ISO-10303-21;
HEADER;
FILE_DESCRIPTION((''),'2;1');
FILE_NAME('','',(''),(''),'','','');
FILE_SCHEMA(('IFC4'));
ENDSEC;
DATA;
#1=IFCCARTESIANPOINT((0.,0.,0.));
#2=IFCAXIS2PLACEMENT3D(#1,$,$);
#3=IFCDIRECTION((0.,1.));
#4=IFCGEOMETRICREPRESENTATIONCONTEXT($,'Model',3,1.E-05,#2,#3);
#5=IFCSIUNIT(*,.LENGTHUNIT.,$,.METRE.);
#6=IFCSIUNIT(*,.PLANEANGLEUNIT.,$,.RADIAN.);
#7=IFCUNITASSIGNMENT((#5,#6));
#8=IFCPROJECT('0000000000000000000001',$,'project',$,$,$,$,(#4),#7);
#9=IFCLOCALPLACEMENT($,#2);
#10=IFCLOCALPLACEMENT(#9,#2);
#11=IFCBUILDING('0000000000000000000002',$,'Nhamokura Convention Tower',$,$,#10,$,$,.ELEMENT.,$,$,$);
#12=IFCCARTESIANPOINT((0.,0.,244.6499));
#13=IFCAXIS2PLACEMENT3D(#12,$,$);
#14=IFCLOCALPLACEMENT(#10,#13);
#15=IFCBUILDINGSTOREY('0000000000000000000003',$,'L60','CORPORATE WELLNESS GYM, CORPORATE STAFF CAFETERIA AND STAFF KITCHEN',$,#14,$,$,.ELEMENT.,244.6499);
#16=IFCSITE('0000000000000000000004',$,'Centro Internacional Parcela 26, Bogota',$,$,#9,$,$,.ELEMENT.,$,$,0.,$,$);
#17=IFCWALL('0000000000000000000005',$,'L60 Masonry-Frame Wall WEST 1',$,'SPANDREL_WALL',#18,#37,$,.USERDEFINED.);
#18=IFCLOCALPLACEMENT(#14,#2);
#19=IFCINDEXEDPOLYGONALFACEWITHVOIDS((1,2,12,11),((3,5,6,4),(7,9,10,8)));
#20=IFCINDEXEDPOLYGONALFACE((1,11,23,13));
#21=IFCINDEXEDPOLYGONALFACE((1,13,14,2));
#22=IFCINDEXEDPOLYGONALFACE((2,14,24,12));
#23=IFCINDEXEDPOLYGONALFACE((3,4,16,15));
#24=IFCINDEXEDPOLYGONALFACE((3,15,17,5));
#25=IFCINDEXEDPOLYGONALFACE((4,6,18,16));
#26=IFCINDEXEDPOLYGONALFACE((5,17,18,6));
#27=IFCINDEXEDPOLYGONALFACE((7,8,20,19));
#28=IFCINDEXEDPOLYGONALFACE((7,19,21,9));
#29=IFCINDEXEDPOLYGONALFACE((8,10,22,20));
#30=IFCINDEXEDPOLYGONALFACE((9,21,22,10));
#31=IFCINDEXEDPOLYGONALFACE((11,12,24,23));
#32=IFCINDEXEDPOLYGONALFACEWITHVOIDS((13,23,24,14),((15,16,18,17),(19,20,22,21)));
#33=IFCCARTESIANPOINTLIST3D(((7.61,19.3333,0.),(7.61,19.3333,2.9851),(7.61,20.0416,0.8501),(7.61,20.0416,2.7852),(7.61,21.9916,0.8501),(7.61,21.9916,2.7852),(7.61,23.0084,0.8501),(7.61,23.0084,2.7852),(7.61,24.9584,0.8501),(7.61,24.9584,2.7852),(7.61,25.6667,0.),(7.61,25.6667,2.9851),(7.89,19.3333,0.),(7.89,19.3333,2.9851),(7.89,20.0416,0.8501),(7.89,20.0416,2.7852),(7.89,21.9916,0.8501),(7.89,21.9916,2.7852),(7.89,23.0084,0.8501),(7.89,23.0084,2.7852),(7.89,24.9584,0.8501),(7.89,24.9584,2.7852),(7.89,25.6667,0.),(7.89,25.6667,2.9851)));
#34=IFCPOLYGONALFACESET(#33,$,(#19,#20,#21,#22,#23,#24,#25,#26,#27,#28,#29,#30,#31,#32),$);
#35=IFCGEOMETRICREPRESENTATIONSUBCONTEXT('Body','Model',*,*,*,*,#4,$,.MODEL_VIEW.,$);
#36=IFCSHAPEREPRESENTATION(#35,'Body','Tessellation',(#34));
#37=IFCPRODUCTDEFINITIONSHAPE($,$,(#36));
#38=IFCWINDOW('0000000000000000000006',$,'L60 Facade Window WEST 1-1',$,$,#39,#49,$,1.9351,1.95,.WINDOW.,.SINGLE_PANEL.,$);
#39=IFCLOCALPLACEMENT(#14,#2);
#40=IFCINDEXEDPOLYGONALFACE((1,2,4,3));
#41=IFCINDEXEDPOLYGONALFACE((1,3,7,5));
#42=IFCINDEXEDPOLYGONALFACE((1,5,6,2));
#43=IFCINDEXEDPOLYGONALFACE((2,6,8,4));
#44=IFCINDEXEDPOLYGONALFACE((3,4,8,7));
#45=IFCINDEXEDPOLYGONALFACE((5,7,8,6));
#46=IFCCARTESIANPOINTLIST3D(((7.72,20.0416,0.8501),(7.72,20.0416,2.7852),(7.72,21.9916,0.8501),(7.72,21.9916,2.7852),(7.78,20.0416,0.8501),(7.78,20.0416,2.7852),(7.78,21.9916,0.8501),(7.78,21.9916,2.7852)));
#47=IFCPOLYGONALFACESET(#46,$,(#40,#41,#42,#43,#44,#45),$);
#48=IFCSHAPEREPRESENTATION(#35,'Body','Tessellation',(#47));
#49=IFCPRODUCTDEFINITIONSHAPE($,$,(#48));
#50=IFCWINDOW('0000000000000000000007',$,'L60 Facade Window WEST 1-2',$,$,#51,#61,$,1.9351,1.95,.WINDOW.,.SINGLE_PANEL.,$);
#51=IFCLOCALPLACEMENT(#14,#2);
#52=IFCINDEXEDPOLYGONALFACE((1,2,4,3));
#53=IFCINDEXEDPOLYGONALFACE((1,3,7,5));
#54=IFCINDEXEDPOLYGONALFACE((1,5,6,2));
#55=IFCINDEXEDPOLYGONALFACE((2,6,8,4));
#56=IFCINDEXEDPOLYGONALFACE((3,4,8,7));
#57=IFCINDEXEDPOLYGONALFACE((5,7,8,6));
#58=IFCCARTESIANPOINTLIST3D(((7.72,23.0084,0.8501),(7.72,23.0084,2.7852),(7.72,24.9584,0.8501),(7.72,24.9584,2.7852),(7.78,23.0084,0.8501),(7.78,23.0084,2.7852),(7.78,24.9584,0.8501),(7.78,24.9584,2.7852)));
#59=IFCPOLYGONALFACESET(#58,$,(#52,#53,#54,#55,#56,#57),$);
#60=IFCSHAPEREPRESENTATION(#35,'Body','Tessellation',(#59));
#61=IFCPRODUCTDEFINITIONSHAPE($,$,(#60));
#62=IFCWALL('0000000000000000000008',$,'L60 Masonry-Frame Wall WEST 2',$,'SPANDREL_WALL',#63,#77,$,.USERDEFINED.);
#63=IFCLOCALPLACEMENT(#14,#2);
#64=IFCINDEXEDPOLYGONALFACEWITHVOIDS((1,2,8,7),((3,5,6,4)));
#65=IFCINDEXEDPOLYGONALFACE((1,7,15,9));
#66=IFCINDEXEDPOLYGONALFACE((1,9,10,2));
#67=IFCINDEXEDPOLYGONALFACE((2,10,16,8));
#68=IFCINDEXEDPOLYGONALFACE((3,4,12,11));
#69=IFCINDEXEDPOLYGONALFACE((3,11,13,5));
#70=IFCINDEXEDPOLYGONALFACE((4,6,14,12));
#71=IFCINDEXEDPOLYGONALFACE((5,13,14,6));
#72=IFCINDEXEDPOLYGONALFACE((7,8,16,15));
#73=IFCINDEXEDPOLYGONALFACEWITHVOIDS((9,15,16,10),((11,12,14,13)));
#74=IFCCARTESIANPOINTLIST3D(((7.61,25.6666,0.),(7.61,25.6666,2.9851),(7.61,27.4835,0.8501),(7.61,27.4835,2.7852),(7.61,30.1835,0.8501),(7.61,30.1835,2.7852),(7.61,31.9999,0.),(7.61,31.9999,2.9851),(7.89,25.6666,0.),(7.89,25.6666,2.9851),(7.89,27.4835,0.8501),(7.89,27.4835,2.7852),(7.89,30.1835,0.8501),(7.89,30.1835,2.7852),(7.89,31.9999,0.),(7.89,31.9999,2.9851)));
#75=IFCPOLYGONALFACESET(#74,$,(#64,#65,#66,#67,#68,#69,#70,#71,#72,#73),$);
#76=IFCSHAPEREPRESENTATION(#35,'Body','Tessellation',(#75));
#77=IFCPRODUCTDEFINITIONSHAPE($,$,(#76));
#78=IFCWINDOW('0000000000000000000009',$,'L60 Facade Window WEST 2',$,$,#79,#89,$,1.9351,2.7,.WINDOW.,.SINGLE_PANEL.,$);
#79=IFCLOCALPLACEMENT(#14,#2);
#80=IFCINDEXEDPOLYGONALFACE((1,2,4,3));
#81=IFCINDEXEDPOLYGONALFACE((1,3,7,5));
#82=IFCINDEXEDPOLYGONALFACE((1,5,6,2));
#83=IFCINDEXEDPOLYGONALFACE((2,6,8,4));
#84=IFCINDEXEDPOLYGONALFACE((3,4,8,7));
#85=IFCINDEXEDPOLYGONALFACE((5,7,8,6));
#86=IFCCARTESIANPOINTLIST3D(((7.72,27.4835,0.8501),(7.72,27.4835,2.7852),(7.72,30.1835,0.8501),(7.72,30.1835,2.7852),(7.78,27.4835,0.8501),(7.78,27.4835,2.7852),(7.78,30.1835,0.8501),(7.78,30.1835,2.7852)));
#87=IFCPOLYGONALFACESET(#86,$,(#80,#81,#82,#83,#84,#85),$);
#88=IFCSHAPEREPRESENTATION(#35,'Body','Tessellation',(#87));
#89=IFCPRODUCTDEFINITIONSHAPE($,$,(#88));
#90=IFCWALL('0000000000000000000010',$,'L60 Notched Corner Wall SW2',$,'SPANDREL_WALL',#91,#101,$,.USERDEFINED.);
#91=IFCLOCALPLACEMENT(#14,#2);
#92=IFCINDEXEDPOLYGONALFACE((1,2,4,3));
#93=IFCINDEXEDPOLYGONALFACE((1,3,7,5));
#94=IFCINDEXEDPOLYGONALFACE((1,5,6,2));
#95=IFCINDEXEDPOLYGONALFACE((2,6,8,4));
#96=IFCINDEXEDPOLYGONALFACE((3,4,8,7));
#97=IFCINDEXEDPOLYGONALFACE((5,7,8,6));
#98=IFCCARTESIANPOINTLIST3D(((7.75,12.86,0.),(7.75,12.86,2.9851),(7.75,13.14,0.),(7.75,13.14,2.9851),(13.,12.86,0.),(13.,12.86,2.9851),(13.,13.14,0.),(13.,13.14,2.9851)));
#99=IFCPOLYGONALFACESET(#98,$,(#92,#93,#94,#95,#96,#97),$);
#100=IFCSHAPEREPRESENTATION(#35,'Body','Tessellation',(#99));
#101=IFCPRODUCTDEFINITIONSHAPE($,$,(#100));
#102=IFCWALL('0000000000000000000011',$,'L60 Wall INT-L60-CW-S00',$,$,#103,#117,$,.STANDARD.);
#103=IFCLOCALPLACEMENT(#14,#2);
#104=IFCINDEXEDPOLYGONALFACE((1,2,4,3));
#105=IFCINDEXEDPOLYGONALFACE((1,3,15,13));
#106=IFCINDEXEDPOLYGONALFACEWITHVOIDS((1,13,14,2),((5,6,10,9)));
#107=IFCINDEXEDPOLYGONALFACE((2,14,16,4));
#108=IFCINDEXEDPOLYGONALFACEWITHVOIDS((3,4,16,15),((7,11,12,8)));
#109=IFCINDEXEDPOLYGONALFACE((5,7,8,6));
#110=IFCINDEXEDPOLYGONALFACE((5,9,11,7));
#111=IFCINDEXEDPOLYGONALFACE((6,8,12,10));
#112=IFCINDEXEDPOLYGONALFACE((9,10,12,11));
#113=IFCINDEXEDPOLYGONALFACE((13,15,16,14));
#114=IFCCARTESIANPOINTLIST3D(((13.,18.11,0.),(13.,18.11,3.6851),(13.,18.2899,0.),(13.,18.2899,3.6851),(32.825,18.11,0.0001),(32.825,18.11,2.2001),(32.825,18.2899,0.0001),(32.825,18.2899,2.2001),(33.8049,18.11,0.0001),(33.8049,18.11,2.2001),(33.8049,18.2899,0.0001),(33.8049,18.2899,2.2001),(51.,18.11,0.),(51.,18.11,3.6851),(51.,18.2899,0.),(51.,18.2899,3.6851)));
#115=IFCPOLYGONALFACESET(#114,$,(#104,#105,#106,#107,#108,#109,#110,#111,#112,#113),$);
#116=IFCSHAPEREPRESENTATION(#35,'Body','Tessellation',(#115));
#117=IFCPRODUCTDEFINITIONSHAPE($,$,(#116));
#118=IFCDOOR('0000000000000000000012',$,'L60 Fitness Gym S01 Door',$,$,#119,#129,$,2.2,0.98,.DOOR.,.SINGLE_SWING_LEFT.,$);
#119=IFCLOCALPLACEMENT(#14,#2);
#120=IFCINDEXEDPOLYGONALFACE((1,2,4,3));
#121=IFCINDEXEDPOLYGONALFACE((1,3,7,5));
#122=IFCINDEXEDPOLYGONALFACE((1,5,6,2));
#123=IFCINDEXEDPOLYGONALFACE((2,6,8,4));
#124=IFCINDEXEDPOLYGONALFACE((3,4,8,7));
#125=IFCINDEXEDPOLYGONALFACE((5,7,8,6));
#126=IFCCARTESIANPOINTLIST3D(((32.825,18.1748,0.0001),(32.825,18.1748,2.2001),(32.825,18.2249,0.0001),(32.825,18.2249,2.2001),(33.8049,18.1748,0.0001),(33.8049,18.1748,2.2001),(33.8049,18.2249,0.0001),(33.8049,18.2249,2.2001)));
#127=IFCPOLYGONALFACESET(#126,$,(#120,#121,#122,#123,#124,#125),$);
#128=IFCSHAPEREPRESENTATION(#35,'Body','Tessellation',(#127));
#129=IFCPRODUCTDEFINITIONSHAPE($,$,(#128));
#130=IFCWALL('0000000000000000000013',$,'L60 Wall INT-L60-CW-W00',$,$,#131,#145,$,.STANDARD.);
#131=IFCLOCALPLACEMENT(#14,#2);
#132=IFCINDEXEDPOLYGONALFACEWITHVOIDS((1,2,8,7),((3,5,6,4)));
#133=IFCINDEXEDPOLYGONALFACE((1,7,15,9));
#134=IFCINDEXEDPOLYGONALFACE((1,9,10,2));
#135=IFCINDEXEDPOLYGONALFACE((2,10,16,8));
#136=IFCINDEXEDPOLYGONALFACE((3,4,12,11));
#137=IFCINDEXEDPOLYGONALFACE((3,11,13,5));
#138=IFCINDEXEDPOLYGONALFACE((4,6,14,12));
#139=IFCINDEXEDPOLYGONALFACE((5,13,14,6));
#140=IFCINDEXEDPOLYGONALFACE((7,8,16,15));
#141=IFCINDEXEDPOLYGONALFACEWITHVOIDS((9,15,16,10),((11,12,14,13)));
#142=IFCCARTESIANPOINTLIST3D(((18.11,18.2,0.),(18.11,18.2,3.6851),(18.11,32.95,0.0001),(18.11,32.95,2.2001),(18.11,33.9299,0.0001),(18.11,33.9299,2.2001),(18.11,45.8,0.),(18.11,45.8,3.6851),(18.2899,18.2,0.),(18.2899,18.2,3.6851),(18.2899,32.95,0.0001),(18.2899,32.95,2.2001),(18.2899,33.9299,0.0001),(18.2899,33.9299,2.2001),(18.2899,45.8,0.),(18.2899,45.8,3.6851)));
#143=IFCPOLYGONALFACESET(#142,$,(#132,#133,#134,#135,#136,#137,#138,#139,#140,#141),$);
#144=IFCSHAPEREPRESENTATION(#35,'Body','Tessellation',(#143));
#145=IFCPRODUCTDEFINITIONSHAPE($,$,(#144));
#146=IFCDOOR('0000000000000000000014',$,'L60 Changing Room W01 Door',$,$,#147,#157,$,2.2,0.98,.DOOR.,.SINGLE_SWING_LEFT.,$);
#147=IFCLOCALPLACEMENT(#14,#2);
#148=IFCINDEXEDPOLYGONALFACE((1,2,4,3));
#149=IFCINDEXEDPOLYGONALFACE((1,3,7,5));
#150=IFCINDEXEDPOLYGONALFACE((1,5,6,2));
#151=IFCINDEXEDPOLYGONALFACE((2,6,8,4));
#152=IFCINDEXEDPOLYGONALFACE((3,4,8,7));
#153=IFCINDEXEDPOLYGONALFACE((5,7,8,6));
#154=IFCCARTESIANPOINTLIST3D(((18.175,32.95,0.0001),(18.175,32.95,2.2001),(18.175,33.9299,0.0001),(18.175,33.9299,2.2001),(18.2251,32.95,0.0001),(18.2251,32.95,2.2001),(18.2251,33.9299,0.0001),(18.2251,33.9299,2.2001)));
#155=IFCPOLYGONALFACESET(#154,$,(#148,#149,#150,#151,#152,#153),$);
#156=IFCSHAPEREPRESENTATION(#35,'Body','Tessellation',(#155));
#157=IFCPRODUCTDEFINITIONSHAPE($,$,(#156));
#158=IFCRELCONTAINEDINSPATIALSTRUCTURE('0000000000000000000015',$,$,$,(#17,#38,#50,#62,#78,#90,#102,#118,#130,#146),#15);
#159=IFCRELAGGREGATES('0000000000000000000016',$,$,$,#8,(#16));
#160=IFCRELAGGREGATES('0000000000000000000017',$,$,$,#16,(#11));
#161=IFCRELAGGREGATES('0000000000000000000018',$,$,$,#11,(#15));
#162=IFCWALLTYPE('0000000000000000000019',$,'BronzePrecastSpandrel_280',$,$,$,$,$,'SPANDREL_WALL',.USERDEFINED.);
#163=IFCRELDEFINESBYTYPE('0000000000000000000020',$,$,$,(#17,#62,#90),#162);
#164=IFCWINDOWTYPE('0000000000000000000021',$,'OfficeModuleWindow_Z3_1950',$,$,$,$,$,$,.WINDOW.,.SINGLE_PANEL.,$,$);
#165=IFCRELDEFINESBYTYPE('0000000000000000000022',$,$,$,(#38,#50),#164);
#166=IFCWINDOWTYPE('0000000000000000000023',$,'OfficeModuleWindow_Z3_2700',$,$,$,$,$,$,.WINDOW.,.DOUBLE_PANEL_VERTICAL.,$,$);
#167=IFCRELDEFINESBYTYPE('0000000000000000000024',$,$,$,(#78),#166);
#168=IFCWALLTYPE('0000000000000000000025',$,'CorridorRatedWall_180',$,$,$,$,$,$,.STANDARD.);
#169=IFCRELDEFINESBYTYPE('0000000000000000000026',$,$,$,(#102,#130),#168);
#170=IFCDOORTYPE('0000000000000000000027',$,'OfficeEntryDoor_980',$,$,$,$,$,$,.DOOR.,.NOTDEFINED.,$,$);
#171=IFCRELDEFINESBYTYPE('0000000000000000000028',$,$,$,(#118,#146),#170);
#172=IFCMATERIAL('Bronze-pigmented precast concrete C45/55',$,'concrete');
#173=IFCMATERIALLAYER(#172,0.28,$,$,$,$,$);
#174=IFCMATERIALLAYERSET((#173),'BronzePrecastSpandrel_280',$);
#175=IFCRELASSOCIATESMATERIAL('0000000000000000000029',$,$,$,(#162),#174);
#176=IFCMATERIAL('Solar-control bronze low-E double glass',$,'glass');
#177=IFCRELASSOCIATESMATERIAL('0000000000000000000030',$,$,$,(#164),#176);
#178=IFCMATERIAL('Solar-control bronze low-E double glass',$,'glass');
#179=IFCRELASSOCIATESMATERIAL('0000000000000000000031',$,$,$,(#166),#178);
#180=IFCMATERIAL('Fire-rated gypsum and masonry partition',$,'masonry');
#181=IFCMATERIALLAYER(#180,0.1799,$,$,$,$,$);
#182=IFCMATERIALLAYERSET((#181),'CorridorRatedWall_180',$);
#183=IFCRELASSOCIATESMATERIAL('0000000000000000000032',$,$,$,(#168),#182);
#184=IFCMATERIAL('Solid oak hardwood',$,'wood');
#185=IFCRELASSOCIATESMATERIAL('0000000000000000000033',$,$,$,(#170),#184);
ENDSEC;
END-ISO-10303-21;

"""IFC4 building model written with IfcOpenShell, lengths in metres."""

from ifc_helpers import new_model, si_unit, direction, frame, frame_2d, origin, place, context, subcontext, project, spatial, rectangle, extrude, material, layer, layer_set, type_object, element, fill, save


model = new_model("IFC4")

# Units and contexts
model_context = context("Model", 3, precision=1e-05, world=origin(), true_north=direction((0.0, 1.0)))
body_context = subcontext(model_context, "Body", "Model", "MODEL_VIEW")
ifc_project = project(units=[si_unit("LENGTHUNIT", "METRE"), si_unit("PLANEANGLEUNIT", "RADIAN")], contexts=[model_context])

# Site, building, storey
site_placement = place(None, origin())
site = spatial("IfcSite", under=ifc_project, at=site_placement, Name="Centro Internacional Parcela 26, Bogota", CompositionType="ELEMENT", RefElevation=0.0)
building_placement = place(site_placement, origin())
building = spatial("IfcBuilding", under=site, at=building_placement, Name="Nhamokura Convention Tower", CompositionType="ELEMENT")
storey_placement = place(building_placement, frame((0.0, 0.0, 244.6499)))
storey = spatial("IfcBuildingStorey", under=building, at=storey_placement, Name="L60", Description="CORPORATE WELLNESS GYM, CORPORATE STAFF CAFETERIA AND STAFF KITCHEN", CompositionType="ELEMENT", Elevation=244.6499)

# Wall, openings, windows
ifc_material_1 = material(Name="Bronze-pigmented precast concrete C45/55", Category="concrete")
ifc_layer_1 = layer(ifc_material_1, 0.28)
ifc_layer_set_1 = layer_set([ifc_layer_1], Name="BronzePrecastSpandrel_280")
wall_type_1 = type_object("IfcWallType", Name="BronzePrecastSpandrel_280", ElementType="SPANDREL_WALL", PredefinedType="USERDEFINED", material=ifc_layer_set_1)
wall_1_placement = place(storey_placement, frame((7.75, 19.3333, 0.0), z_axis=(0.0, 0.0, 1.0), x_axis=(0.0, 1.0, 0.0)))
wall_1 = element("IfcWall", 1, at=wall_1_placement, inside=storey, type_object=wall_type_1, Name="L60 Masonry-Frame Wall WEST 1", ObjectType="SPANDREL_WALL", PredefinedType="USERDEFINED", context=body_context, shape_type="SweptSolid", body=[
    extrude(rectangle(XDim=6.3335, YDim=0.28, at=frame_2d((3.1667, 0.0))), origin(), (0.0, 0.0, 1.0), 2.9851),
])
opening_1_placement = place(wall_1_placement, frame((0.7083, 0.0, 0.8501)))
opening_1 = element("IfcOpeningElement", 2, at=opening_1_placement, cuts=wall_1, PredefinedType="OPENING", context=body_context, shape_type="SweptSolid", body=[
    extrude(rectangle(XDim=1.95, YDim=1.9351, at=frame_2d((0.9751, 0.9675))), frame((0.0, 0.1499, 0.0), z_axis=(0.0, -1.0, 0.0), x_axis=(1.0, 0.0, 0.0)), (0.0, 0.0, 1.0), 0.3),
])
opening_2_placement = place(wall_1_placement, frame((3.675, 0.0, 0.8501)))
opening_2 = element("IfcOpeningElement", 3, at=opening_2_placement, cuts=wall_1, PredefinedType="OPENING", context=body_context, shape_type="SweptSolid", body=[
    extrude(rectangle(XDim=1.95, YDim=1.9351, at=frame_2d((0.9751, 0.9675))), frame((0.0, 0.1499, 0.0), z_axis=(0.0, -1.0, 0.0), x_axis=(1.0, 0.0, 0.0)), (0.0, 0.0, 1.0), 0.3),
])
ifc_material_2 = material(Name="Solar-control bronze low-E double glass", Category="glass")
window_type_1 = type_object("IfcWindowType", Name="OfficeModuleWindow_Z3_1950", PartitioningType="SINGLE_PANEL", PredefinedType="WINDOW", material=ifc_material_2)
window_1_placement = place(opening_1_placement, origin())
window_1 = element("IfcWindow", 4, at=window_1_placement, inside=storey, type_object=window_type_1, Name="L60 Facade Window WEST 1-1", OverallHeight=1.9351, OverallWidth=1.95, PartitioningType="SINGLE_PANEL", PredefinedType="WINDOW", context=body_context, shape_type="SweptSolid", body=[
    extrude(rectangle(XDim=1.95, YDim=1.9351, at=frame_2d((0.9751, 0.9675))), frame((0.0, 0.03, 0.0), z_axis=(0.0, -1.0, 0.0), x_axis=(1.0, 0.0, 0.0)), (0.0, 0.0, 1.0), 0.0601),
])
fill(opening_1, window_1)
window_2_placement = place(opening_2_placement, origin())
window_2 = element("IfcWindow", 5, at=window_2_placement, inside=storey, type_object=window_type_1, Name="L60 Facade Window WEST 1-2", OverallHeight=1.9351, OverallWidth=1.95, PartitioningType="SINGLE_PANEL", PredefinedType="WINDOW", context=body_context, shape_type="SweptSolid", body=[
    extrude(rectangle(XDim=1.95, YDim=1.9351, at=frame_2d((0.9751, 0.9675))), frame((0.0, 0.03, 0.0), z_axis=(0.0, -1.0, 0.0), x_axis=(1.0, 0.0, 0.0)), (0.0, 0.0, 1.0), 0.0601),
])
fill(opening_2, window_2)

# Wall, opening, window
wall_2_placement = place(storey_placement, frame((7.75, 25.6667, 0.0), z_axis=(0.0, 0.0, 1.0), x_axis=(0.0, 1.0, 0.0)))
wall_2 = element("IfcWall", 6, at=wall_2_placement, inside=storey, type_object=wall_type_1, Name="L60 Masonry-Frame Wall WEST 2", ObjectType="SPANDREL_WALL", PredefinedType="USERDEFINED", context=body_context, shape_type="SweptSolid", body=[
    extrude(rectangle(XDim=6.3333, YDim=0.28, at=frame_2d((3.1665, 0.0))), origin(), (0.0, 0.0, 1.0), 2.9851),
])
opening_3_placement = place(wall_2_placement, frame((1.8167, 0.0, 0.8501)))
opening_3 = element("IfcOpeningElement", 7, at=opening_3_placement, cuts=wall_2, PredefinedType="OPENING", context=body_context, shape_type="SweptSolid", body=[
    extrude(rectangle(XDim=2.7, YDim=1.9351, at=frame_2d((1.3501, 0.9675))), frame((0.0, 0.1499, 0.0), z_axis=(0.0, -1.0, 0.0), x_axis=(1.0, 0.0, 0.0)), (0.0, 0.0, 1.0), 0.3),
])
ifc_material_3 = material(Name="Solar-control bronze low-E double glass", Category="glass")
window_type_2 = type_object("IfcWindowType", Name="OfficeModuleWindow_Z3_2700", PartitioningType="DOUBLE_PANEL_VERTICAL", PredefinedType="WINDOW", material=ifc_material_3)
window_3_placement = place(opening_3_placement, origin())
window_3 = element("IfcWindow", 8, at=window_3_placement, inside=storey, type_object=window_type_2, Name="L60 Facade Window WEST 2", OverallHeight=1.9351, OverallWidth=2.7, PartitioningType="SINGLE_PANEL", PredefinedType="WINDOW", context=body_context, shape_type="SweptSolid", body=[
    extrude(rectangle(XDim=2.7, YDim=1.9351, at=frame_2d((1.3501, 0.9675))), frame((0.0, 0.03, 0.0), z_axis=(0.0, -1.0, 0.0), x_axis=(1.0, 0.0, 0.0)), (0.0, 0.0, 1.0), 0.0601),
])
fill(opening_3, window_3)

# Wall
wall_3_placement = place(storey_placement, frame((13.0, 13.0, 0.0), z_axis=(0.0, 0.0, 1.0), x_axis=(-1.0, 0.0, 0.0)))
element("IfcWall", 9, at=wall_3_placement, inside=storey, type_object=wall_type_1, Name="L60 Notched Corner Wall SW2", ObjectType="SPANDREL_WALL", PredefinedType="USERDEFINED", context=body_context, shape_type="SweptSolid", body=[
    extrude(rectangle(XDim=5.25, YDim=0.28, at=frame_2d((2.625, 0.0))), origin(), (0.0, 0.0, 1.0), 2.9851),
])

# Walls, openings, doors
ifc_material_4 = material(Name="Fire-rated gypsum and masonry partition", Category="masonry")
ifc_layer_2 = layer(ifc_material_4, 0.1799)
ifc_layer_set_2 = layer_set([ifc_layer_2], Name="CorridorRatedWall_180")
wall_type_2 = type_object("IfcWallType", Name="CorridorRatedWall_180", PredefinedType="STANDARD", material=ifc_layer_set_2)
wall_4_placement = place(storey_placement, frame((13.0, 18.2, 0.0), z_axis=(0.0, 0.0, 1.0), x_axis=(1.0, 0.0, 0.0)))
wall_4 = element("IfcWall", 10, at=wall_4_placement, inside=storey, type_object=wall_type_2, Name="L60 Wall INT-L60-CW-S00", PredefinedType="STANDARD", context=body_context, shape_type="SweptSolid", body=[
    extrude(rectangle(XDim=38.0, YDim=0.1799, at=frame_2d((19.0, 0.0))), origin(), (0.0, 0.0, 1.0), 3.6851),
])
opening_4_placement = place(wall_4_placement, frame((19.825, 0.0, 0.0)))
opening_4 = element("IfcOpeningElement", 11, at=opening_4_placement, cuts=wall_4, PredefinedType="OPENING", context=body_context, shape_type="SweptSolid", body=[
    extrude(rectangle(XDim=0.98, YDim=2.2, at=frame_2d((0.49, 1.1001))), frame((0.0, 0.0999, 0.0), z_axis=(0.0, -1.0, 0.0), x_axis=(1.0, 0.0, 0.0)), (0.0, 0.0, 1.0), 0.2),
])
ifc_material_5 = material(Name="Solid oak hardwood", Category="wood")
door_type = type_object("IfcDoorType", Name="OfficeEntryDoor_980", OperationType="NOTDEFINED", PredefinedType="DOOR", material=ifc_material_5)
door_1_placement = place(opening_4_placement, origin())
door_1 = element("IfcDoor", 12, at=door_1_placement, inside=storey, type_object=door_type, Name="L60 Fitness Gym S01 Door", OperationType="SINGLE_SWING_LEFT", OverallHeight=2.2, OverallWidth=0.98, PredefinedType="DOOR", context=body_context, shape_type="SweptSolid", body=[
    extrude(rectangle(XDim=0.98, YDim=2.2, at=frame_2d((0.49, 1.1001))), frame((0.0, 0.0249, 0.0), z_axis=(0.0, -1.0, 0.0), x_axis=(1.0, 0.0, 0.0)), (0.0, 0.0, 1.0), 0.05),
])
fill(opening_4, door_1)
wall_5_placement = place(storey_placement, frame((18.2, 18.2, 0.0), z_axis=(0.0, 0.0, 1.0), x_axis=(0.0, 1.0, 0.0)))
wall_5 = element("IfcWall", 13, at=wall_5_placement, inside=storey, type_object=wall_type_2, Name="L60 Wall INT-L60-CW-W00", PredefinedType="STANDARD", context=body_context, shape_type="SweptSolid", body=[
    extrude(rectangle(XDim=27.6001, YDim=0.1799, at=frame_2d((13.8, 0.0))), origin(), (0.0, 0.0, 1.0), 3.6851),
])
opening_5_placement = place(wall_5_placement, frame((14.75, 0.0, 0.0)))
opening_5 = element("IfcOpeningElement", 14, at=opening_5_placement, cuts=wall_5, PredefinedType="OPENING", context=body_context, shape_type="SweptSolid", body=[
    extrude(rectangle(XDim=0.98, YDim=2.2, at=frame_2d((0.49, 1.1001))), frame((0.0, 0.0999, 0.0), z_axis=(0.0, -1.0, 0.0), x_axis=(1.0, 0.0, 0.0)), (0.0, 0.0, 1.0), 0.2),
])
door_2_placement = place(opening_5_placement, origin())
door_2 = element("IfcDoor", 15, at=door_2_placement, inside=storey, type_object=door_type, Name="L60 Changing Room W01 Door", OperationType="SINGLE_SWING_LEFT", OverallHeight=2.2, OverallWidth=0.98, PredefinedType="DOOR", context=body_context, shape_type="SweptSolid", body=[
    extrude(rectangle(XDim=0.98, YDim=2.2, at=frame_2d((0.49, 1.1001))), frame((0.0, 0.0249, 0.0), z_axis=(0.0, -1.0, 0.0), x_axis=(1.0, 0.0, 0.0)), (0.0, 0.0, 1.0), 0.05),
])
fill(opening_5, door_2)

save(model, "model.ifc")
